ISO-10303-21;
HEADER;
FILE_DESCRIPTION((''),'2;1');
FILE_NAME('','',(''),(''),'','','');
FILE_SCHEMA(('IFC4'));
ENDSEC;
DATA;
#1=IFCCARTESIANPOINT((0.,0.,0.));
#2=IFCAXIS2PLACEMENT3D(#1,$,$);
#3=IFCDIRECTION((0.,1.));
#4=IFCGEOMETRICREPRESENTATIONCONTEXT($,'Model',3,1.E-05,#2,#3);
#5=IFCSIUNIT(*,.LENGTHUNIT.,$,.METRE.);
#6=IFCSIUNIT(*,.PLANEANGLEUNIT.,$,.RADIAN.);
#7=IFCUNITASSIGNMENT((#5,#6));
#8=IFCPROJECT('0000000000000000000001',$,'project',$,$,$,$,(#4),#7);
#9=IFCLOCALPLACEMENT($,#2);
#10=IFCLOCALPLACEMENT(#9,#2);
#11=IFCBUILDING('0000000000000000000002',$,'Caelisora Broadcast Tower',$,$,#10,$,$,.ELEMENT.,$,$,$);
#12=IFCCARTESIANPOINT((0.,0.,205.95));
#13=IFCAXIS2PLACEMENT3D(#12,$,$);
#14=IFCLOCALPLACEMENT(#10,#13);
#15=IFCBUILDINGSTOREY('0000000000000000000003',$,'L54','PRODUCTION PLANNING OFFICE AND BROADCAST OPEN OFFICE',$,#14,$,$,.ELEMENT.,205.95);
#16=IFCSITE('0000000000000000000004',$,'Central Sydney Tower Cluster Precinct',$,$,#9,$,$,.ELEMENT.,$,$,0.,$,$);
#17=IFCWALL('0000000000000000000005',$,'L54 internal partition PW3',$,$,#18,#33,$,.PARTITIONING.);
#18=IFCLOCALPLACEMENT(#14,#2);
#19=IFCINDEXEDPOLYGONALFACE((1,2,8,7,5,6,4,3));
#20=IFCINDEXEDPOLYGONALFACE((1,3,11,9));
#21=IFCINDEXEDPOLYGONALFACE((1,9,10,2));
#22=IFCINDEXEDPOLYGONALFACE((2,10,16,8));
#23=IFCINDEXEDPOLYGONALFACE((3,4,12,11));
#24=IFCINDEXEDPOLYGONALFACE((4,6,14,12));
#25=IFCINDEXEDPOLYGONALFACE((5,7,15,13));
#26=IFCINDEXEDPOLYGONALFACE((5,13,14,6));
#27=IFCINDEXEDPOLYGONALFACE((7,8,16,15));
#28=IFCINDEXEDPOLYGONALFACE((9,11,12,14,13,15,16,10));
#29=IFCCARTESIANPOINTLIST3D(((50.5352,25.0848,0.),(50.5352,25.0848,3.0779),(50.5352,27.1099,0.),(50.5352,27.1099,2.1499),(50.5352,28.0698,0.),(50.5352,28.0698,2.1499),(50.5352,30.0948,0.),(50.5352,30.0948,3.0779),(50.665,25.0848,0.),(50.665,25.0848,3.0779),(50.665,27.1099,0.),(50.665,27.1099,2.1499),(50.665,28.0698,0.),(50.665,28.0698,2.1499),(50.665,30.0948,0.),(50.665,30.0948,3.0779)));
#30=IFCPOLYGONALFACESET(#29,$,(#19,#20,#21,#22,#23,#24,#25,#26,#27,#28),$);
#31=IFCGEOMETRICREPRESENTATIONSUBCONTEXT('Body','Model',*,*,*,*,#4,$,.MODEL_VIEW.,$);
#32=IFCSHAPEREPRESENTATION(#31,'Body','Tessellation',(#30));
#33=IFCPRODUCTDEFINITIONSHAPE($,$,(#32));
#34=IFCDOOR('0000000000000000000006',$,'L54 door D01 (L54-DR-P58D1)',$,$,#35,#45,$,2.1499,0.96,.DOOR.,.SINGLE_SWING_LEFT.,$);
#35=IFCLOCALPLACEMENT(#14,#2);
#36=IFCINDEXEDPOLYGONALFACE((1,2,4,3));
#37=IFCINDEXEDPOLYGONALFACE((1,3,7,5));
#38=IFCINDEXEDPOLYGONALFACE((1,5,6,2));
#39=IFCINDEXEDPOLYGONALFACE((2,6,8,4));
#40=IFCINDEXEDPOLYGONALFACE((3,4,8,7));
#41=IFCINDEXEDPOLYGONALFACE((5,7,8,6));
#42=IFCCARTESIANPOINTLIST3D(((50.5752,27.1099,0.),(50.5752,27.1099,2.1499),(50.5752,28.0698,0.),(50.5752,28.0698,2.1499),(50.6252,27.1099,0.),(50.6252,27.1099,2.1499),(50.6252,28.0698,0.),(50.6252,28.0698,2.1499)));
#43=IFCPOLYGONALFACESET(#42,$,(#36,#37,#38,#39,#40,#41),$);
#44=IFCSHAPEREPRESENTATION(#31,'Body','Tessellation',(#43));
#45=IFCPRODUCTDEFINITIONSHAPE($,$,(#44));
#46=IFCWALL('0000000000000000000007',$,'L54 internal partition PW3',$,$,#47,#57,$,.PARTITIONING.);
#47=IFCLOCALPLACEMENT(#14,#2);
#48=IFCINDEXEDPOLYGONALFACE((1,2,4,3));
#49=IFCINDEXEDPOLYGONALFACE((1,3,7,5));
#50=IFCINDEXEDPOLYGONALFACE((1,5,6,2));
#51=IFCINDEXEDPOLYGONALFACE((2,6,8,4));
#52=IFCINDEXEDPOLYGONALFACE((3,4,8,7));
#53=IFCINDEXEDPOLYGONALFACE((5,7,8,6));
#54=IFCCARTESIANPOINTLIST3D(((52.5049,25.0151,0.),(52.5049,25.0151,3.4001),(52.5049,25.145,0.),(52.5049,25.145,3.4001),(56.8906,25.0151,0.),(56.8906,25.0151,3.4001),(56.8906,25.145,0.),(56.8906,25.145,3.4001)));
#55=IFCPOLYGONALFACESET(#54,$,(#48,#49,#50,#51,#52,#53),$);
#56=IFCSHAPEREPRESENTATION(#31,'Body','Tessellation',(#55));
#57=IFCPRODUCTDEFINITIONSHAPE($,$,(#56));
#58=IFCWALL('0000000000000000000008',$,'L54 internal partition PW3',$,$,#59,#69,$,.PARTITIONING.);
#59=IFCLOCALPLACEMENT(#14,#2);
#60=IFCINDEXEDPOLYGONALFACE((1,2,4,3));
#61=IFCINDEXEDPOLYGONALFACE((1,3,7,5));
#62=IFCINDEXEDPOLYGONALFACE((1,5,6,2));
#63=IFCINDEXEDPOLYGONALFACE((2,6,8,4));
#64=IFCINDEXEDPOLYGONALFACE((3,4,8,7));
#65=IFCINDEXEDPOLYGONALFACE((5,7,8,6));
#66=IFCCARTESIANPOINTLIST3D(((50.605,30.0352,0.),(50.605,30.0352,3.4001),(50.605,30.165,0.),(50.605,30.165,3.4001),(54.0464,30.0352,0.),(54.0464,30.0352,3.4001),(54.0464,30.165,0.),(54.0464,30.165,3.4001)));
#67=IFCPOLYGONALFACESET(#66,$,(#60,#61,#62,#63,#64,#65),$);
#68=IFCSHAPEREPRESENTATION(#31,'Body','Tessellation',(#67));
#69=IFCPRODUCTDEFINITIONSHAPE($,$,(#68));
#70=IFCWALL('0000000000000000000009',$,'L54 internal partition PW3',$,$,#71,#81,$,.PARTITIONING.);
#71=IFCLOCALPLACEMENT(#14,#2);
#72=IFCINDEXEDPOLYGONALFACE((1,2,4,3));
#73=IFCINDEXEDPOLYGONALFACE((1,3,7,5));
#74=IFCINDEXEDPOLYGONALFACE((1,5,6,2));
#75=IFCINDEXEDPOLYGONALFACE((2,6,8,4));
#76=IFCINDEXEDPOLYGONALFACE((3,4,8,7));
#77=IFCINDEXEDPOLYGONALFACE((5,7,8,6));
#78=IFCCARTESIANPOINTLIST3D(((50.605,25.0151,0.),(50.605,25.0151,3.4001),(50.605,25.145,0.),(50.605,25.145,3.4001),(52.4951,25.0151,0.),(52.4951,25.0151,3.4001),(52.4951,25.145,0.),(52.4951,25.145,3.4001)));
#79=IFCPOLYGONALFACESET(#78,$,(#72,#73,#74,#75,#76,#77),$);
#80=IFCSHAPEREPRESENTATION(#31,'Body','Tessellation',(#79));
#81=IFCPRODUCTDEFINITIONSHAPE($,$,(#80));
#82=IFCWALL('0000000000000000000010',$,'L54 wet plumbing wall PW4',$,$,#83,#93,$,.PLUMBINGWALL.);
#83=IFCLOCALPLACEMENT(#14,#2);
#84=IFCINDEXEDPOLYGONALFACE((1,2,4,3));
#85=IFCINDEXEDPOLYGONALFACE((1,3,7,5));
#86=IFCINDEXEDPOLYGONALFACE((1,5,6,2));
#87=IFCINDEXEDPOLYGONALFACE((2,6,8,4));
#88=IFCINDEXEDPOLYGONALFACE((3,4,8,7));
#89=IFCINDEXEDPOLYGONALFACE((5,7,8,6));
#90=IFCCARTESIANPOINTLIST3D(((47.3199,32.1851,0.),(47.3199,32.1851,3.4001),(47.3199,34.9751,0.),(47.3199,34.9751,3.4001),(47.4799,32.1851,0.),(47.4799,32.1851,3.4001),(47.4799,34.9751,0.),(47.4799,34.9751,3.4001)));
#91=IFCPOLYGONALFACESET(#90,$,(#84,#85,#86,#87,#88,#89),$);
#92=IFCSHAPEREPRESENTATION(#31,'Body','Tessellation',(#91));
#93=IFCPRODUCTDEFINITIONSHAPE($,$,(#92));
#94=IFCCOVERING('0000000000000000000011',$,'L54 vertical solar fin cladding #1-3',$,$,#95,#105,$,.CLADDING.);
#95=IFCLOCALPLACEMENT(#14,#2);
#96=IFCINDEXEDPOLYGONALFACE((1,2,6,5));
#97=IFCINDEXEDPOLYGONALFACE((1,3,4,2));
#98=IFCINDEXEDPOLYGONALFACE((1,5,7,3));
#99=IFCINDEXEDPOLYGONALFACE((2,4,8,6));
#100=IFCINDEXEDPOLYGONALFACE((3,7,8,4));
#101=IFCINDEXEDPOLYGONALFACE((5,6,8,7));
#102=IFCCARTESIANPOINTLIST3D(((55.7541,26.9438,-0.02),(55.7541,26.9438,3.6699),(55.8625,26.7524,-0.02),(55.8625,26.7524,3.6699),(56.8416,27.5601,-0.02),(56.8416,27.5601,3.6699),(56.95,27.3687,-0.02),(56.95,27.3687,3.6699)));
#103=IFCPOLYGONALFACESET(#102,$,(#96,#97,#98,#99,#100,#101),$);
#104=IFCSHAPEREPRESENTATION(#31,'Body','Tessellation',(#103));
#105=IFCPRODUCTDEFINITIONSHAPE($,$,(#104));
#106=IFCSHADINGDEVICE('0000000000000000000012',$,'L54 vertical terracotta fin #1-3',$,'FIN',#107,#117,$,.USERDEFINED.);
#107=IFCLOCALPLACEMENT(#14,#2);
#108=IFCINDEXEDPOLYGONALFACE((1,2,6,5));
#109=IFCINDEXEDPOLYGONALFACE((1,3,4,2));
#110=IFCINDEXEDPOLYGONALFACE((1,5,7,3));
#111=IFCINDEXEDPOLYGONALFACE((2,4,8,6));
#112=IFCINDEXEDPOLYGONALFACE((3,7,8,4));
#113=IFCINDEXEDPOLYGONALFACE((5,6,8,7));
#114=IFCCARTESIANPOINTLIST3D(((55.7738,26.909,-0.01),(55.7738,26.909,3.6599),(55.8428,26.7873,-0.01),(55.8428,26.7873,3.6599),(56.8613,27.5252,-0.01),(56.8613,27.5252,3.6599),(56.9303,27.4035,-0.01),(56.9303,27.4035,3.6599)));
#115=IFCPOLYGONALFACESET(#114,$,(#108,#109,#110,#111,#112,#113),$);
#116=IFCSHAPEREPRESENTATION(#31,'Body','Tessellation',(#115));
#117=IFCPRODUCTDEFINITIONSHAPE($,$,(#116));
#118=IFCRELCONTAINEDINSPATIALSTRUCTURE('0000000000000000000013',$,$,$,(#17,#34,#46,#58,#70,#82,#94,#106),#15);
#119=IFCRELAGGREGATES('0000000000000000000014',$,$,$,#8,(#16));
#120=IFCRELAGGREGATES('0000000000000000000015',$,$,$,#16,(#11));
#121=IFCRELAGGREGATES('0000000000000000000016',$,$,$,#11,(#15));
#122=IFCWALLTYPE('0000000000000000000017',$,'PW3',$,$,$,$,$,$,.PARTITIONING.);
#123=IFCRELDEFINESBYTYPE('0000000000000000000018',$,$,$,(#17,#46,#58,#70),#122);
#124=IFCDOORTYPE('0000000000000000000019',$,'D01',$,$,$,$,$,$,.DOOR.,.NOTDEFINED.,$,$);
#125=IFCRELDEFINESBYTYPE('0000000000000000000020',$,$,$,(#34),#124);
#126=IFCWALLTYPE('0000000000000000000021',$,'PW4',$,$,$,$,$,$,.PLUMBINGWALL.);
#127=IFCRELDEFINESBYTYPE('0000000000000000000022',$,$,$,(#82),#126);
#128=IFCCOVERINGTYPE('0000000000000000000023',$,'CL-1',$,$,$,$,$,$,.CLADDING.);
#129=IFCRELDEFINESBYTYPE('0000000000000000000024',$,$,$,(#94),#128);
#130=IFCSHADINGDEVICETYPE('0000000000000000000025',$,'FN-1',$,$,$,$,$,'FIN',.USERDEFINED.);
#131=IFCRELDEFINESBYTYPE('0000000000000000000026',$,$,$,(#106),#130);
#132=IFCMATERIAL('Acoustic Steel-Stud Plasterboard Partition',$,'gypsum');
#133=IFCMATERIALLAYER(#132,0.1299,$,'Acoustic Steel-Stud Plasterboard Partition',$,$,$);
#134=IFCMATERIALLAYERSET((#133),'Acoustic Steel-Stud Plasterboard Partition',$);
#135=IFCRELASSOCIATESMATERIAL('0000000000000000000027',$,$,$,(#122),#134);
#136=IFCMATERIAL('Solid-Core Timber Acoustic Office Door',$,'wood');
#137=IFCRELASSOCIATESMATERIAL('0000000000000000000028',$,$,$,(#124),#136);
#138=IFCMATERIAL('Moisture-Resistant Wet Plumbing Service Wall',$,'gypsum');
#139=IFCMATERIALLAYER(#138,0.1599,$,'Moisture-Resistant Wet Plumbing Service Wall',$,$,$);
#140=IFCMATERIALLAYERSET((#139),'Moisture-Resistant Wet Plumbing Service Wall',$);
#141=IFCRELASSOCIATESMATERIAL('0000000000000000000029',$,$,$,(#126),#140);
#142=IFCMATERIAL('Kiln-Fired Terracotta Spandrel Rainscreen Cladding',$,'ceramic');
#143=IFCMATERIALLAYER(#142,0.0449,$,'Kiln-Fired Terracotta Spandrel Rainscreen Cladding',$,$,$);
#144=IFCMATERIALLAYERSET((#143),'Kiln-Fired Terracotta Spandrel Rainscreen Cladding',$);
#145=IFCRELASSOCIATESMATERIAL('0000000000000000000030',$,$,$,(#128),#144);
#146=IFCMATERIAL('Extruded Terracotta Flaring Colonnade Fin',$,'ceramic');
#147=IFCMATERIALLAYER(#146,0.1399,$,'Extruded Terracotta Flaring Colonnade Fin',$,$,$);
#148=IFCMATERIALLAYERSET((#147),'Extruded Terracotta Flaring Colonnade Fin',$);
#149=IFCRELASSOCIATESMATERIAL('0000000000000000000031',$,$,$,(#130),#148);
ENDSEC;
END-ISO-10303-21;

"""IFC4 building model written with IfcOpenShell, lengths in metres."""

from ifc_helpers import new_model, si_unit, direction, frame, frame_2d, origin, origin_2d, place, context, subcontext, project, spatial, rectangle, extrude, source, transform, mapped, material, layer, layer_set, type_object, type_shapes, element, fill, save


model = new_model("IFC4")

# Units and contexts
model_context = context("Model", 3, precision=1e-05, world=origin(), true_north=direction((0.0, 1.0)))
body_context = subcontext(model_context, "Body", "Model", "MODEL_VIEW")
ifc_project = project(units=[si_unit("LENGTHUNIT", "METRE"), si_unit("PLANEANGLEUNIT", "RADIAN")], contexts=[model_context])

# Site, building, storey
site_placement = place(None, origin())
site = spatial("IfcSite", under=ifc_project, at=site_placement, Name="Central Sydney Tower Cluster Precinct", CompositionType="ELEMENT", RefElevation=0.0)
building_placement = place(site_placement, origin())
building = spatial("IfcBuilding", under=site, at=building_placement, Name="Caelisora Broadcast Tower", CompositionType="ELEMENT")
storey_placement = place(building_placement, frame((0.0, 0.0, 205.95)))
storey = spatial("IfcBuildingStorey", under=building, at=storey_placement, Name="L54", Description="PRODUCTION PLANNING OFFICE AND BROADCAST OPEN OFFICE", CompositionType="ELEMENT", Elevation=205.95)

# Wall, opening, door
ifc_material_1 = material(Name="Acoustic Steel-Stud Plasterboard Partition", Category="gypsum")
ifc_layer_1 = layer(ifc_material_1, 0.1299, Name="Acoustic Steel-Stud Plasterboard Partition")
ifc_layer_set_1 = layer_set([ifc_layer_1], Name="Acoustic Steel-Stud Plasterboard Partition")
wall_type_1 = type_object("IfcWallType", Name="PW3", PredefinedType="PARTITIONING", material=ifc_layer_set_1)
ifc_material_2 = material(Name="Solid-Core Timber Acoustic Office Door", Category="wood")
door_type = type_object("IfcDoorType", Name="D01", OperationType="NOTDEFINED", PredefinedType="DOOR", material=ifc_material_2)
wall_1_placement = place(storey_placement, frame((50.6001, 25.085, 0.0), z_axis=(0.0, 0.0, 1.0), x_axis=(0.0, 1.0, 0.0)))
wall_1 = element("IfcWall", 1, at=wall_1_placement, inside=storey, type_object=wall_type_1, Name="L54 internal partition PW3", PredefinedType="PARTITIONING", context=body_context, shape_type="SweptSolid", body=[
    extrude(rectangle(XDim=5.01, YDim=0.1299, at=frame_2d((2.5049, 0.0))), origin(), (0.0, 0.0, 1.0), 3.0779),
])
opening_1_placement = place(wall_1_placement, frame((2.0249, 0.0, 0.0)))
opening_1 = element("IfcOpeningElement", 2, at=opening_1_placement, cuts=wall_1, PredefinedType="OPENING", context=body_context, shape_type="SweptSolid", body=[
    extrude(rectangle(XDim=0.96, YDim=2.1499, at=frame_2d((0.48, 1.075))), frame((0.0, 0.0769, 0.0), z_axis=(0.0, -1.0, 0.0), x_axis=(1.0, 0.0, 0.0)), (0.0, 0.0, 1.0), 0.1538),
])
door_1_placement = place(opening_1_placement, origin())
door_1 = element("IfcDoor", 3, at=door_1_placement, inside=storey, type_object=door_type, Name="L54 door D01 (L54-DR-P58D1)", OperationType="SINGLE_SWING_LEFT", OverallHeight=2.1499, OverallWidth=0.96, PredefinedType="DOOR", context=body_context, shape_type="SweptSolid", body=[
    extrude(rectangle(XDim=0.96, YDim=2.1499, at=frame_2d((0.48, 1.075))), frame((0.0, 0.0249, 0.0), z_axis=(0.0, -1.0, 0.0), x_axis=(1.0, 0.0, 0.0)), (0.0, 0.0, 1.0), 0.05),
])
fill(opening_1, door_1)

# Walls
wall_2_placement = place(storey_placement, frame((52.5049, 25.0801, 0.0), z_axis=(0.0, 0.0, 1.0), x_axis=(1.0, 0.0, 0.0)))
element("IfcWall", 4, at=wall_2_placement, inside=storey, type_object=wall_type_1, Name="L54 internal partition PW3", PredefinedType="PARTITIONING", context=body_context, shape_type="SweptSolid", body=[
    extrude(rectangle(XDim=4.3857, YDim=0.1299, at=frame_2d((2.1929, 0.0))), origin(), (0.0, 0.0, 1.0), 3.4001),
])
wall_3_placement = place(storey_placement, frame((50.605, 30.1001, 0.0), z_axis=(0.0, 0.0, 1.0), x_axis=(1.0, 0.0, 0.0)))
element("IfcWall", 5, at=wall_3_placement, inside=storey, type_object=wall_type_1, Name="L54 internal partition PW3", PredefinedType="PARTITIONING", context=body_context, shape_type="SweptSolid", body=[
    extrude(rectangle(XDim=3.4414, YDim=0.1299, at=frame_2d((1.7207, 0.0))), origin(), (0.0, 0.0, 1.0), 3.4001),
])
wall_4_placement = place(storey_placement, frame((50.605, 25.0801, 0.0), z_axis=(0.0, 0.0, 1.0), x_axis=(1.0, 0.0, 0.0)))
element("IfcWall", 6, at=wall_4_placement, inside=storey, type_object=wall_type_1, Name="L54 internal partition PW3", PredefinedType="PARTITIONING", context=body_context, shape_type="SweptSolid", body=[
    extrude(rectangle(XDim=1.8901, YDim=0.1299, at=frame_2d((0.9451, 0.0))), origin(), (0.0, 0.0, 1.0), 3.4001),
])
ifc_material_3 = material(Name="Moisture-Resistant Wet Plumbing Service Wall", Category="gypsum")
ifc_layer_2 = layer(ifc_material_3, 0.1599, Name="Moisture-Resistant Wet Plumbing Service Wall")
ifc_layer_set_2 = layer_set([ifc_layer_2], Name="Moisture-Resistant Wet Plumbing Service Wall")
wall_type_2 = type_object("IfcWallType", Name="PW4", PredefinedType="PLUMBINGWALL", material=ifc_layer_set_2)
wall_5_placement = place(storey_placement, frame((47.3999, 32.1851, 0.0), z_axis=(0.0, 0.0, 1.0), x_axis=(0.0, 1.0, 0.0)))
element("IfcWall", 7, at=wall_5_placement, inside=storey, type_object=wall_type_2, Name="L54 wet plumbing wall PW4", PredefinedType="PLUMBINGWALL", context=body_context, shape_type="SweptSolid", body=[
    extrude(rectangle(XDim=2.79, YDim=0.1599, at=frame_2d((1.395, 0.0))), origin(), (0.0, 0.0, 1.0), 3.4001),
])

# Covering
ifc_material_4 = material(Name="Kiln-Fired Terracotta Spandrel Rainscreen Cladding", Category="ceramic")
ifc_layer_3 = layer(ifc_material_4, 0.0449, Name="Kiln-Fired Terracotta Spandrel Rainscreen Cladding")
ifc_layer_set_3 = layer_set([ifc_layer_3], Name="Kiln-Fired Terracotta Spandrel Rainscreen Cladding")
covering_type = type_object("IfcCoveringType", Name="CL-1", PredefinedType="CLADDING", material=ifc_layer_set_3)
shared_shape_1 = source(origin(), body_context, "Body", "SweptSolid", [
    extrude(rectangle(XDim=0.22, YDim=1.25, at=origin_2d()), origin(), (0.0, 0.0, 1.0), 3.6899),
])
type_shapes(covering_type, [shared_shape_1])
covering_placement = place(storey_placement, frame((56.3521, 27.1562, -0.02), z_axis=(0.0, 0.0, 1.0), x_axis=(0.493031, -0.870012, 0.0)))
element("IfcCovering", 8, at=covering_placement, inside=storey, type_object=covering_type, Name="L54 vertical solar fin cladding #1-3", PredefinedType="CLADDING", context=body_context, shape_type="MappedRepresentation", body=[
    mapped(shared_shape_1, transform((0.0, 0.0, 0.0), scale=1.0)),
])

# Shading device
ifc_material_5 = material(Name="Extruded Terracotta Flaring Colonnade Fin", Category="ceramic")
ifc_layer_4 = layer(ifc_material_5, 0.1399, Name="Extruded Terracotta Flaring Colonnade Fin")
ifc_layer_set_4 = layer_set([ifc_layer_4], Name="Extruded Terracotta Flaring Colonnade Fin")
shading_device_type = type_object("IfcShadingDeviceType", Name="FN-1", ElementType="FIN", PredefinedType="USERDEFINED", material=ifc_layer_set_4)
shared_shape_2 = source(origin(), body_context, "Body", "SweptSolid", [
    extrude(rectangle(XDim=0.1399, YDim=1.25, at=origin_2d()), origin(), (0.0, 0.0, 1.0), 3.6699),
])
type_shapes(shading_device_type, [shared_shape_2])
shading_device_placement = place(storey_placement, frame((56.3521, 27.1562, -0.01), z_axis=(0.0, 0.0, 1.0), x_axis=(0.493031, -0.870012, 0.0)))
element("IfcShadingDevice", 9, at=shading_device_placement, inside=storey, type_object=shading_device_type, Name="L54 vertical terracotta fin #1-3", ObjectType="FIN", PredefinedType="USERDEFINED", context=body_context, shape_type="MappedRepresentation", body=[
    mapped(shared_shape_2, transform((0.0, 0.0, 0.0), scale=1.0)),
])

save(model, "model.ifc")
